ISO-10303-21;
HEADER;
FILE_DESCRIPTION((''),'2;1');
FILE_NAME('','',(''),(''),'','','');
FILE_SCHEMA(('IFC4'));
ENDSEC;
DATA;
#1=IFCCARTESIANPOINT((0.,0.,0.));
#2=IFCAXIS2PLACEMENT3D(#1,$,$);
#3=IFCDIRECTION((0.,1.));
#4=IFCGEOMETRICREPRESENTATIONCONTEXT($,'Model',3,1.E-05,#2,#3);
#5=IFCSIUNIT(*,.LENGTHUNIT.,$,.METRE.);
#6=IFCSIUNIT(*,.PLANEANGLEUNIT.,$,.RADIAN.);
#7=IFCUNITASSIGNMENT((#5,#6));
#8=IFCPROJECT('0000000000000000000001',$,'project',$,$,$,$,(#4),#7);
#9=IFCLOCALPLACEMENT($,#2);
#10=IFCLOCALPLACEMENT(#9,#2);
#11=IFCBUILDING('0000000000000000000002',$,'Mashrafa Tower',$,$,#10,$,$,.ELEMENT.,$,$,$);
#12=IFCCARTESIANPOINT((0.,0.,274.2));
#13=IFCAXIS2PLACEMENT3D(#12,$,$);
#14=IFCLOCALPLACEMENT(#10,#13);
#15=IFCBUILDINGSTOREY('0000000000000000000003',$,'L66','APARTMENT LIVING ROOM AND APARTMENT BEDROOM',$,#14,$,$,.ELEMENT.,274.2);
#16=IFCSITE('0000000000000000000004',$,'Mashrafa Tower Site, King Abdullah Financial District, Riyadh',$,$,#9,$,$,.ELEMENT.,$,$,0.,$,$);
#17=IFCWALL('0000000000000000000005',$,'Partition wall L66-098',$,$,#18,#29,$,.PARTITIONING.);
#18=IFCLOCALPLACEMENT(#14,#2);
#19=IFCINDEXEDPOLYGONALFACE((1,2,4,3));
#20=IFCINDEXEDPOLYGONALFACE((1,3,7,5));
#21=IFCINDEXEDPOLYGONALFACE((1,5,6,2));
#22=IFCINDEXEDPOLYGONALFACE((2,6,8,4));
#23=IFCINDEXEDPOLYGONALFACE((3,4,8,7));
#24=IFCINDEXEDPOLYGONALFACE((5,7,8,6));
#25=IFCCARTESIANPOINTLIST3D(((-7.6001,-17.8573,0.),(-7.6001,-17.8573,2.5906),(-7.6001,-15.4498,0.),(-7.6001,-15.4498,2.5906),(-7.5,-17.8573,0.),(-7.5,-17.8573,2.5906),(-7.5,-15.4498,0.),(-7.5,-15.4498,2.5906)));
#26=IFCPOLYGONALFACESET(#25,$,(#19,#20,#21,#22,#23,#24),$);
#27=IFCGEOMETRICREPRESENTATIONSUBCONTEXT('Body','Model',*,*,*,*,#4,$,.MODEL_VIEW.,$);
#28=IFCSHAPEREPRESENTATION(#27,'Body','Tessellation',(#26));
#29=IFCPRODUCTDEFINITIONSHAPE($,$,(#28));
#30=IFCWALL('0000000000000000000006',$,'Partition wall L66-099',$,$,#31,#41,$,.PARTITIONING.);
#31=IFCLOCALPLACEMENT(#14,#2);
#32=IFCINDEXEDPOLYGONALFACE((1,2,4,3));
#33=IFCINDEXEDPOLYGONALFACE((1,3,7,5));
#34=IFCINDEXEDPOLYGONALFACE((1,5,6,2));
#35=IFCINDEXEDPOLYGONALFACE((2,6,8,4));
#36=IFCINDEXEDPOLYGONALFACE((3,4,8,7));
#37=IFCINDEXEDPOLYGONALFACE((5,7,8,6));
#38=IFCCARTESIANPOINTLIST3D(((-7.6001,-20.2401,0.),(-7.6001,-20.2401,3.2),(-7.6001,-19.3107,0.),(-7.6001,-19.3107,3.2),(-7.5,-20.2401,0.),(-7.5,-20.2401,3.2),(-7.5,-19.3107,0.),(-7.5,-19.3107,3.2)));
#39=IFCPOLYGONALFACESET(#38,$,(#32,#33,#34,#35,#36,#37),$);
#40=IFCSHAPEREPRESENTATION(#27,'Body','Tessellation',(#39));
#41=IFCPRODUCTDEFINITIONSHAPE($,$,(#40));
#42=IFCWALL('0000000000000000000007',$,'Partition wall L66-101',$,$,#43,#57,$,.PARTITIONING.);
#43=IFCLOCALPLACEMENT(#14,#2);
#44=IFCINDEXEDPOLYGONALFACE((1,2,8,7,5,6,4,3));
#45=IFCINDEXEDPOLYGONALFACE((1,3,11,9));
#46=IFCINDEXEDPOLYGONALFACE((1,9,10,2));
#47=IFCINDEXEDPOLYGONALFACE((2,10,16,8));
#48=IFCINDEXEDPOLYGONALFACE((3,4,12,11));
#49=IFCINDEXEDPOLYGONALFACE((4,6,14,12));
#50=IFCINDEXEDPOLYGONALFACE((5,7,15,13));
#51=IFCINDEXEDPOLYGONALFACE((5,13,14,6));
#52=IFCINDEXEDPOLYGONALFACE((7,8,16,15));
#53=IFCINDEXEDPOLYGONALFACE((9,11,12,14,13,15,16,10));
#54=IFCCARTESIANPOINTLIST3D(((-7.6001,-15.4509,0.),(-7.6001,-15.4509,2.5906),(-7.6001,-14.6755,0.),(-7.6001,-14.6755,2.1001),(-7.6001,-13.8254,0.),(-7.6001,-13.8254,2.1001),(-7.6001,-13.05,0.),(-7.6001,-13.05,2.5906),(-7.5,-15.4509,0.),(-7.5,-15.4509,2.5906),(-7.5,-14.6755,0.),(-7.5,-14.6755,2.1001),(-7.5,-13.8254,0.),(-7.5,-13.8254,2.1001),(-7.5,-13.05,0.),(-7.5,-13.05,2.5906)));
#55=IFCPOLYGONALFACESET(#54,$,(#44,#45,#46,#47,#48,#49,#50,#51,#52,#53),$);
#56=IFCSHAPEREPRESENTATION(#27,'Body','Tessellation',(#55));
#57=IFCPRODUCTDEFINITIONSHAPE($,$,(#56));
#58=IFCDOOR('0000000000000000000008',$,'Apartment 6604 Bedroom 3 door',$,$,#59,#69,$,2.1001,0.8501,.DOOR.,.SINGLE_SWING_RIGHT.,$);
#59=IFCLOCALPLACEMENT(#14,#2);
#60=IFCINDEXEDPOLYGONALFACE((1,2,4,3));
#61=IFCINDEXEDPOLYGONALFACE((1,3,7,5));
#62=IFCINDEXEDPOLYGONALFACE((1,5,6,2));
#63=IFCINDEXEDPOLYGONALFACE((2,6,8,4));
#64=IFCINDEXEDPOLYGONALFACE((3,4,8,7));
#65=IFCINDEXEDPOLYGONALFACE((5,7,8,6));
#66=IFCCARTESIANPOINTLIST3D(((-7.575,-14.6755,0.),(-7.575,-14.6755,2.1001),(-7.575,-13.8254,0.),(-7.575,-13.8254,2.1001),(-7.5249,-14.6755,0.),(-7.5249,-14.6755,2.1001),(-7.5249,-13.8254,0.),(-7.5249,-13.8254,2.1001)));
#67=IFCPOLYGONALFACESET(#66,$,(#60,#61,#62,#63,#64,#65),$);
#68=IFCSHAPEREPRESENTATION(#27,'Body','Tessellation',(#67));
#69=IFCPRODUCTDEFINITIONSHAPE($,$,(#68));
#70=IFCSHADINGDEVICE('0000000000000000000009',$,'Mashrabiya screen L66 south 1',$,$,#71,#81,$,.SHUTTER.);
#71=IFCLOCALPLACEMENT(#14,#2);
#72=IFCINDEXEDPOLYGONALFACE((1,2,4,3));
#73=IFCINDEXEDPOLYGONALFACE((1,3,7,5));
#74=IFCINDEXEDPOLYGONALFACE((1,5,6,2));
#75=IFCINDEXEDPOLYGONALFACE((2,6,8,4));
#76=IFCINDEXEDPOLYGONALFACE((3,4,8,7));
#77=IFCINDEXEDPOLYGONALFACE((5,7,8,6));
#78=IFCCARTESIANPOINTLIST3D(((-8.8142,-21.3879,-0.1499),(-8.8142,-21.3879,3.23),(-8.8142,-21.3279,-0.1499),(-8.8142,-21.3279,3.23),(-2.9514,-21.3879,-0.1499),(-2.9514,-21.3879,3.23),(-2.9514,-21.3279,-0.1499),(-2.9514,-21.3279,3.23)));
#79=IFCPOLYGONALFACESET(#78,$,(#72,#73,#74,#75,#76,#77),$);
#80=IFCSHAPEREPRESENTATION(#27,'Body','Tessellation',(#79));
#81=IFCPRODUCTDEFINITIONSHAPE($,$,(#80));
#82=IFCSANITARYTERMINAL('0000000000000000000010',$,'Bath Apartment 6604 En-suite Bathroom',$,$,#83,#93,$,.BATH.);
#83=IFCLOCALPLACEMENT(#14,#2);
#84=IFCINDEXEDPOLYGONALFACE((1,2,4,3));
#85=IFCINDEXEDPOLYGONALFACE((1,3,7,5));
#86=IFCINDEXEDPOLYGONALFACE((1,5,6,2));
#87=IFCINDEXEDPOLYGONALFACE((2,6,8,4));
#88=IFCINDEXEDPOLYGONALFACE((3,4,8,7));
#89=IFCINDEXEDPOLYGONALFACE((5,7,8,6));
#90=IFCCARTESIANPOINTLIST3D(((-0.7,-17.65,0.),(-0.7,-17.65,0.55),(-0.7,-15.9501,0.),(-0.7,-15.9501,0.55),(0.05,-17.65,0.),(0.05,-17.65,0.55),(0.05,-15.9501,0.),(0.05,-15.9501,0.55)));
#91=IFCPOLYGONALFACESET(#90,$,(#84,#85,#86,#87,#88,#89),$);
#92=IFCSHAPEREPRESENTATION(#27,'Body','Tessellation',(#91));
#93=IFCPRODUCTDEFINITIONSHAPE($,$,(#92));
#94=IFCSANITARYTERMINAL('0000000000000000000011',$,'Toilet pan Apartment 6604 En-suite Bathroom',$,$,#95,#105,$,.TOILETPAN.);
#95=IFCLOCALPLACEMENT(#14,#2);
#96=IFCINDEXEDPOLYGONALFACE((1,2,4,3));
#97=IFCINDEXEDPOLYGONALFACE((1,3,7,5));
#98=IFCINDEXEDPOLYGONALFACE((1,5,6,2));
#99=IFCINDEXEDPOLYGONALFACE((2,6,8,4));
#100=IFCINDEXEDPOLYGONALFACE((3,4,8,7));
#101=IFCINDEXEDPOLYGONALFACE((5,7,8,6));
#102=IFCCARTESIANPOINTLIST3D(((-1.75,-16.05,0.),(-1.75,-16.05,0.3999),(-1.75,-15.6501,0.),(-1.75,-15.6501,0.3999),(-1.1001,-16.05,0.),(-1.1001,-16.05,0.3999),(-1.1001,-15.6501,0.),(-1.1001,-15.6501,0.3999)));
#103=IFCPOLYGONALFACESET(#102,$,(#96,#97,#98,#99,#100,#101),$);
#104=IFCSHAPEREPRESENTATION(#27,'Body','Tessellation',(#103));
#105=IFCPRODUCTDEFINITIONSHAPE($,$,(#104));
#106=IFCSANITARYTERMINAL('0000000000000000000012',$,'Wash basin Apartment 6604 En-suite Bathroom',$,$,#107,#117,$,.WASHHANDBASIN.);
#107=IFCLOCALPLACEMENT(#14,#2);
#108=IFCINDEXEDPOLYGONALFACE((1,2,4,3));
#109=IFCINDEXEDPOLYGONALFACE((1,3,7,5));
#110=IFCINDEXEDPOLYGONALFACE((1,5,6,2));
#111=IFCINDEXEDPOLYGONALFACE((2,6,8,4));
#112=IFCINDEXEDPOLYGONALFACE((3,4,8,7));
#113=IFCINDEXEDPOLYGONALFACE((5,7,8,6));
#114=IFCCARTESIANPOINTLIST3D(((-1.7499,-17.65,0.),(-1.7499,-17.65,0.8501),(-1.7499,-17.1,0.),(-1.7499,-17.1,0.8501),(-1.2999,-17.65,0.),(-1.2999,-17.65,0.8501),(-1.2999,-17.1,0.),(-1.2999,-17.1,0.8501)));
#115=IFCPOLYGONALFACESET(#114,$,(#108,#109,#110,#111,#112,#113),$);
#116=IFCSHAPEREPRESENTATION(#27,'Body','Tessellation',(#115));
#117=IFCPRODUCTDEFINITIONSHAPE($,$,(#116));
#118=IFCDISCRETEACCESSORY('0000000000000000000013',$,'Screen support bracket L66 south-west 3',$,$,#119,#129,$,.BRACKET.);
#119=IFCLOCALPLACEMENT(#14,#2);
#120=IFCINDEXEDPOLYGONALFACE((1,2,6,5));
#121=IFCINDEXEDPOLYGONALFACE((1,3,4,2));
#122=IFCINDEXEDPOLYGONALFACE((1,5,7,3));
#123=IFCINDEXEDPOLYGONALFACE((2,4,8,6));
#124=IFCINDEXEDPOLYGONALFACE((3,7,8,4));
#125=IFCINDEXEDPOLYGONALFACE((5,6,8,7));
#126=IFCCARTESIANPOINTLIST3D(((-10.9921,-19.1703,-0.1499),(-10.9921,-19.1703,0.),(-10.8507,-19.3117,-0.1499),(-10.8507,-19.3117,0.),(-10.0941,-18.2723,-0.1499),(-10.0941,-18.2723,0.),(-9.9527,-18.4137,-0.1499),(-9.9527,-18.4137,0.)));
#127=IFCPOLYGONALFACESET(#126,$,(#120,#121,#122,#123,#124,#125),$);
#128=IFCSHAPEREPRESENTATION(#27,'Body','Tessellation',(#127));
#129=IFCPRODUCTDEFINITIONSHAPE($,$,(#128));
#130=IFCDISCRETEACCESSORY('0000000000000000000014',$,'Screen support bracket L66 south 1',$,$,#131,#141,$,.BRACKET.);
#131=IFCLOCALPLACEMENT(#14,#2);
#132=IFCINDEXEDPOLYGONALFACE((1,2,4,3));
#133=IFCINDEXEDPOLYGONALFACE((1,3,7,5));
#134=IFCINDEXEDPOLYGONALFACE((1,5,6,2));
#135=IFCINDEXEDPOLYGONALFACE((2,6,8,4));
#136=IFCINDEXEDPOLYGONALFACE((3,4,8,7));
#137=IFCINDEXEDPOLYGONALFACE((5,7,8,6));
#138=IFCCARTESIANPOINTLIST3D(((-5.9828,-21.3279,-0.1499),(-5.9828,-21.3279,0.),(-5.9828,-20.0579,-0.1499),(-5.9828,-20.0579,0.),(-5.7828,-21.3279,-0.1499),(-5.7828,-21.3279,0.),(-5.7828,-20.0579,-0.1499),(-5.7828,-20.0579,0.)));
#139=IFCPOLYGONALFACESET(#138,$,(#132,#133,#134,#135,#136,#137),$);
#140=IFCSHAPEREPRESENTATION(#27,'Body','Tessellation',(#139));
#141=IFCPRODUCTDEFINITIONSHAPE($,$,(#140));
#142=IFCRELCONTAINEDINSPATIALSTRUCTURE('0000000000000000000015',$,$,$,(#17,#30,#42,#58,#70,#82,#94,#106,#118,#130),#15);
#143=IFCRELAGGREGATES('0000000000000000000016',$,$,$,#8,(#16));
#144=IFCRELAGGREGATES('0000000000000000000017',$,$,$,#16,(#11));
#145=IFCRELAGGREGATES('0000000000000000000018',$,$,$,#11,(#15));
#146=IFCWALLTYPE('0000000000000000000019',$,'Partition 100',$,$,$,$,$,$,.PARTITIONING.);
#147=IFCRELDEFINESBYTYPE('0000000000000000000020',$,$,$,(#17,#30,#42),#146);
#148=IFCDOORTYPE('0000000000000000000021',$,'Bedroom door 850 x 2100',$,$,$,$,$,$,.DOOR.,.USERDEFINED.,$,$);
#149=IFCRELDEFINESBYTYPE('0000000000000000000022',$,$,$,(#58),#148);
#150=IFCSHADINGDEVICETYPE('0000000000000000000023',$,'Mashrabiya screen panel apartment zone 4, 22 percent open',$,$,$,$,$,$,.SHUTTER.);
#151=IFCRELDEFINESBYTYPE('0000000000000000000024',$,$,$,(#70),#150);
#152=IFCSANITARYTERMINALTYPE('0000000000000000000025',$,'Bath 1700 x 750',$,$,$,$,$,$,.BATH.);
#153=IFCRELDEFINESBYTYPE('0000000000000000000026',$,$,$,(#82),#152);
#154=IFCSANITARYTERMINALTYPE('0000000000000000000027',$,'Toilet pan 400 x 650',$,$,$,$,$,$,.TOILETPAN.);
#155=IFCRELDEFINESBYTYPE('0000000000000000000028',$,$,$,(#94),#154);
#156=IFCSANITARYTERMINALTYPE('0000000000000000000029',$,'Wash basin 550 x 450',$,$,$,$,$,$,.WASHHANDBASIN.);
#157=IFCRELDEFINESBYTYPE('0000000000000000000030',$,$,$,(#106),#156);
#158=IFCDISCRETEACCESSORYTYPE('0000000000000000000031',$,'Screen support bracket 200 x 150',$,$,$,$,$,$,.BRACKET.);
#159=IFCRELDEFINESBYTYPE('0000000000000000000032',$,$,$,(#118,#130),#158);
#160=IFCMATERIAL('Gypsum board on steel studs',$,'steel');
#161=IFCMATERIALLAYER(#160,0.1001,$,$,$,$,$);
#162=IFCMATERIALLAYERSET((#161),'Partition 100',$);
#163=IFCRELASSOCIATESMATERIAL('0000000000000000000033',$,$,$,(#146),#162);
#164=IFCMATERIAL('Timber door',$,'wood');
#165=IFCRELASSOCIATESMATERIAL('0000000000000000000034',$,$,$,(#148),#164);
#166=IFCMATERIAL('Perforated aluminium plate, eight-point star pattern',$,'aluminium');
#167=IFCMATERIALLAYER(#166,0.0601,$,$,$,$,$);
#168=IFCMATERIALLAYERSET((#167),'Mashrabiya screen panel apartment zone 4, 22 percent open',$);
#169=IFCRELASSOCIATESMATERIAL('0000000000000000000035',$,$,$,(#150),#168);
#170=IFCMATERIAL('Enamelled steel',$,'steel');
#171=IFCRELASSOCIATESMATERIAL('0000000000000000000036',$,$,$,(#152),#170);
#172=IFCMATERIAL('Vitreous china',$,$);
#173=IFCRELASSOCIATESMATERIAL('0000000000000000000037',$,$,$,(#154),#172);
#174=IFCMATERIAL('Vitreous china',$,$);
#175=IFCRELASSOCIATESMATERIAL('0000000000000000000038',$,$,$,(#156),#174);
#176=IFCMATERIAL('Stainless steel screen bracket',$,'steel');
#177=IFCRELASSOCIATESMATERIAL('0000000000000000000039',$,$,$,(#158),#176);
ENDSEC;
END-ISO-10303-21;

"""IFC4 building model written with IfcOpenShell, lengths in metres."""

from ifc_helpers import new_model, si_unit, direction, frame, frame_2d, origin, origin_2d, place, context, subcontext, project, spatial, rectangle, extrude, source, transform, mapped, material, layer, layer_set, type_object, type_shapes, element, fill, save


model = new_model("IFC4")

# Units and contexts
model_context = context("Model", 3, precision=1e-05, world=origin(), true_north=direction((0.0, 1.0)))
body_context = subcontext(model_context, "Body", "Model", "MODEL_VIEW")
ifc_project = project(units=[si_unit("LENGTHUNIT", "METRE"), si_unit("PLANEANGLEUNIT", "RADIAN")], contexts=[model_context])

# Site, building, storey
site_placement = place(None, origin())
site = spatial("IfcSite", under=ifc_project, at=site_placement, Name="Mashrafa Tower Site, King Abdullah Financial District, Riyadh", CompositionType="ELEMENT", RefElevation=0.0)
building_placement = place(site_placement, origin())
building = spatial("IfcBuilding", under=site, at=building_placement, Name="Mashrafa Tower", CompositionType="ELEMENT")
storey_placement = place(building_placement, frame((0.0, 0.0, 274.2)))
storey = spatial("IfcBuildingStorey", under=building, at=storey_placement, Name="L66", Description="APARTMENT LIVING ROOM AND APARTMENT BEDROOM", CompositionType="ELEMENT", Elevation=274.2)

# Walls
ifc_material_1 = material(Name="Gypsum board on steel studs", Category="steel")
ifc_layer_1 = layer(ifc_material_1, 0.1001)
ifc_layer_set_1 = layer_set([ifc_layer_1], Name="Partition 100")
wall_type = type_object("IfcWallType", Name="Partition 100", PredefinedType="PARTITIONING", material=ifc_layer_set_1)
wall_1_placement = place(storey_placement, frame((-7.55, -15.45, 0.0), z_axis=(0.0, 0.0, 1.0), x_axis=(0.0, -1.0, 0.0)))
element("IfcWall", 1, at=wall_1_placement, inside=storey, type_object=wall_type, Name="Partition wall L66-098", PredefinedType="PARTITIONING", context=body_context, shape_type="SweptSolid", body=[
    extrude(rectangle(XDim=2.4075, YDim=0.1001, at=frame_2d((1.2036, 0.0))), origin(), (0.0, 0.0, 1.0), 2.5906),
])
wall_2_placement = place(storey_placement, frame((-7.55, -19.3105, 0.0), z_axis=(0.0, 0.0, 1.0), x_axis=(0.0, -1.0, 0.0)))
element("IfcWall", 2, at=wall_2_placement, inside=storey, type_object=wall_type, Name="Partition wall L66-099", PredefinedType="PARTITIONING", context=body_context, shape_type="SweptSolid", body=[
    extrude(rectangle(XDim=0.9294, YDim=0.1001, at=frame_2d((0.4648, 0.0))), origin(), (0.0, 0.0, 1.0), 3.2),
])

# Wall, opening, door
wall_3_placement = place(storey_placement, frame((-7.55, -15.4509, 0.0), z_axis=(0.0, 0.0, 1.0), x_axis=(0.0, 1.0, 0.0)))
wall_3 = element("IfcWall", 3, at=wall_3_placement, inside=storey, type_object=wall_type, Name="Partition wall L66-101", PredefinedType="PARTITIONING", context=body_context, shape_type="SweptSolid", body=[
    extrude(rectangle(XDim=2.4009, YDim=0.1001, at=frame_2d((1.2004, 0.0))), origin(), (0.0, 0.0, 1.0), 2.5906),
])
opening_placement = place(wall_3_placement, frame((0.7754, 0.0, 0.0)))
opening = element("IfcOpeningElement", 4, at=opening_placement, cuts=wall_3, PredefinedType="OPENING", context=body_context, shape_type="SweptSolid", body=[
    extrude(rectangle(XDim=0.8501, YDim=2.1001, at=frame_2d((0.425, 1.05))), frame((0.0, 0.0601, 0.0), z_axis=(0.0, -1.0, 0.0), x_axis=(1.0, 0.0, 0.0)), (0.0, 0.0, 1.0), 0.1201),
])
ifc_material_2 = material(Name="Timber door", Category="wood")
door_type = type_object("IfcDoorType", Name="Bedroom door 850 x 2100", OperationType="USERDEFINED", PredefinedType="DOOR", material=ifc_material_2)
door_placement = place(opening_placement, origin())
door = element("IfcDoor", 5, at=door_placement, inside=storey, type_object=door_type, Name="Apartment 6604 Bedroom 3 door", OperationType="SINGLE_SWING_RIGHT", OverallHeight=2.1001, OverallWidth=0.8501, PredefinedType="DOOR", context=body_context, shape_type="SweptSolid", body=[
    extrude(rectangle(XDim=0.8501, YDim=2.1001, at=frame_2d((0.425, 1.05))), frame((0.0, 0.0249, 0.0), z_axis=(0.0, -1.0, 0.0), x_axis=(1.0, 0.0, 0.0)), (0.0, 0.0, 1.0), 0.05),
])
fill(opening, door)

# Shading device
ifc_material_3 = material(Name="Perforated aluminium plate, eight-point star pattern", Category="aluminium")
ifc_layer_2 = layer(ifc_material_3, 0.0601)
ifc_layer_set_2 = layer_set([ifc_layer_2], Name="Mashrabiya screen panel apartment zone 4, 22 percent open")
shading_device_type = type_object("IfcShadingDeviceType", Name="Mashrabiya screen panel apartment zone 4, 22 percent open", PredefinedType="SHUTTER", material=ifc_layer_set_2)
shared_shape_1 = source(origin(), body_context, "Body", "SweptSolid", [
    extrude(rectangle(XDim=5.8628, YDim=0.0601, at=origin_2d()), origin(), (0.0, 0.0, 1.0), 3.3799),
])
type_shapes(shading_device_type, [shared_shape_1])
shading_device_placement = place(storey_placement, frame((-5.8828, -21.3579, -0.1499), z_axis=(0.0, 0.0, 1.0), x_axis=(1.0, 0.0, 0.0)))
element("IfcShadingDevice", 6, at=shading_device_placement, inside=storey, type_object=shading_device_type, Name="Mashrabiya screen L66 south 1", PredefinedType="SHUTTER", context=body_context, shape_type="MappedRepresentation", body=[
    mapped(shared_shape_1, transform((0.0, 0.0, 0.0))),
])

# Sanitary terminals
ifc_material_4 = material(Name="Enamelled steel", Category="steel")
sanitary_terminal_type_1 = type_object("IfcSanitaryTerminalType", Name="Bath 1700 x 750", PredefinedType="BATH", material=ifc_material_4)
sanitary_terminal_1_placement = place(storey_placement, frame((-0.325, -16.8, 0.0), z_axis=(0.0, 0.0, 1.0), x_axis=(0.0, 1.0, 0.0)))
element("IfcSanitaryTerminal", 7, at=sanitary_terminal_1_placement, inside=storey, type_object=sanitary_terminal_type_1, Name="Bath Apartment 6604 En-suite Bathroom", PredefinedType="BATH", context=body_context, shape_type="SweptSolid", body=[
    extrude(rectangle(XDim=1.7, YDim=0.75, at=origin_2d()), origin(), (0.0, 0.0, 1.0), 0.55),
])
ifc_material_5 = material(Name="Vitreous china")
sanitary_terminal_type_2 = type_object("IfcSanitaryTerminalType", Name="Toilet pan 400 x 650", PredefinedType="TOILETPAN", material=ifc_material_5)
sanitary_terminal_2_placement = place(storey_placement, frame((-1.425, -15.8501, 0.0), z_axis=(0.0, 0.0, 1.0), x_axis=(0.0, -1.0, 0.0)))
element("IfcSanitaryTerminal", 8, at=sanitary_terminal_2_placement, inside=storey, type_object=sanitary_terminal_type_2, Name="Toilet pan Apartment 6604 En-suite Bathroom", PredefinedType="TOILETPAN", context=body_context, shape_type="SweptSolid", body=[
    extrude(rectangle(XDim=0.3999, YDim=0.6499, at=origin_2d()), origin(), (0.0, 0.0, 1.0), 0.3999),
])
ifc_material_6 = material(Name="Vitreous china")
sanitary_terminal_type_3 = type_object("IfcSanitaryTerminalType", Name="Wash basin 550 x 450", PredefinedType="WASHHANDBASIN", material=ifc_material_6)
sanitary_terminal_3_placement = place(storey_placement, frame((-1.5249, -17.375, 0.0), z_axis=(0.0, 0.0, 1.0), x_axis=(0.0, -1.0, 0.0)))
element("IfcSanitaryTerminal", 9, at=sanitary_terminal_3_placement, inside=storey, type_object=sanitary_terminal_type_3, Name="Wash basin Apartment 6604 En-suite Bathroom", PredefinedType="WASHHANDBASIN", context=body_context, shape_type="SweptSolid", body=[
    extrude(rectangle(XDim=0.55, YDim=0.45, at=origin_2d()), origin(), (0.0, 0.0, 1.0), 0.8501),
])

# Discrete accessories
ifc_material_7 = material(Name="Stainless steel screen bracket", Category="steel")
discrete_accessory_type = type_object("IfcDiscreteAccessoryType", Name="Screen support bracket 200 x 150", PredefinedType="BRACKET", material=ifc_material_7)
shared_shape_2 = source(origin(), body_context, "Body", "SweptSolid", [
    extrude(rectangle(XDim=0.2, YDim=1.27, at=origin_2d()), origin(), (0.0, 0.0, 1.0), 0.1499),
])
type_shapes(discrete_accessory_type, [shared_shape_2])
for number, where, z_axis, x_axis, name in (
    (10, (-10.4724, -18.792, -0.1499), (0.0, 0.0, 1.0), (0.707107, -0.707107, 0.0), "Screen support bracket L66 south-west 3"),
    (11, (-5.8828, -20.6929, -0.1499), (0.0, 0.0, 1.0), (1.0, 0.0, 0.0), "Screen support bracket L66 south 1"),
):
    element("IfcDiscreteAccessory", number, at=place(storey_placement, frame(where, z_axis=z_axis, x_axis=x_axis)), inside=storey, type_object=discrete_accessory_type, Name=name, PredefinedType="BRACKET", context=body_context, shape_type="MappedRepresentation", body=[
        mapped(shared_shape_2, transform((0.0, 0.0, 0.0))),
    ])

save(model, "model.ifc")
